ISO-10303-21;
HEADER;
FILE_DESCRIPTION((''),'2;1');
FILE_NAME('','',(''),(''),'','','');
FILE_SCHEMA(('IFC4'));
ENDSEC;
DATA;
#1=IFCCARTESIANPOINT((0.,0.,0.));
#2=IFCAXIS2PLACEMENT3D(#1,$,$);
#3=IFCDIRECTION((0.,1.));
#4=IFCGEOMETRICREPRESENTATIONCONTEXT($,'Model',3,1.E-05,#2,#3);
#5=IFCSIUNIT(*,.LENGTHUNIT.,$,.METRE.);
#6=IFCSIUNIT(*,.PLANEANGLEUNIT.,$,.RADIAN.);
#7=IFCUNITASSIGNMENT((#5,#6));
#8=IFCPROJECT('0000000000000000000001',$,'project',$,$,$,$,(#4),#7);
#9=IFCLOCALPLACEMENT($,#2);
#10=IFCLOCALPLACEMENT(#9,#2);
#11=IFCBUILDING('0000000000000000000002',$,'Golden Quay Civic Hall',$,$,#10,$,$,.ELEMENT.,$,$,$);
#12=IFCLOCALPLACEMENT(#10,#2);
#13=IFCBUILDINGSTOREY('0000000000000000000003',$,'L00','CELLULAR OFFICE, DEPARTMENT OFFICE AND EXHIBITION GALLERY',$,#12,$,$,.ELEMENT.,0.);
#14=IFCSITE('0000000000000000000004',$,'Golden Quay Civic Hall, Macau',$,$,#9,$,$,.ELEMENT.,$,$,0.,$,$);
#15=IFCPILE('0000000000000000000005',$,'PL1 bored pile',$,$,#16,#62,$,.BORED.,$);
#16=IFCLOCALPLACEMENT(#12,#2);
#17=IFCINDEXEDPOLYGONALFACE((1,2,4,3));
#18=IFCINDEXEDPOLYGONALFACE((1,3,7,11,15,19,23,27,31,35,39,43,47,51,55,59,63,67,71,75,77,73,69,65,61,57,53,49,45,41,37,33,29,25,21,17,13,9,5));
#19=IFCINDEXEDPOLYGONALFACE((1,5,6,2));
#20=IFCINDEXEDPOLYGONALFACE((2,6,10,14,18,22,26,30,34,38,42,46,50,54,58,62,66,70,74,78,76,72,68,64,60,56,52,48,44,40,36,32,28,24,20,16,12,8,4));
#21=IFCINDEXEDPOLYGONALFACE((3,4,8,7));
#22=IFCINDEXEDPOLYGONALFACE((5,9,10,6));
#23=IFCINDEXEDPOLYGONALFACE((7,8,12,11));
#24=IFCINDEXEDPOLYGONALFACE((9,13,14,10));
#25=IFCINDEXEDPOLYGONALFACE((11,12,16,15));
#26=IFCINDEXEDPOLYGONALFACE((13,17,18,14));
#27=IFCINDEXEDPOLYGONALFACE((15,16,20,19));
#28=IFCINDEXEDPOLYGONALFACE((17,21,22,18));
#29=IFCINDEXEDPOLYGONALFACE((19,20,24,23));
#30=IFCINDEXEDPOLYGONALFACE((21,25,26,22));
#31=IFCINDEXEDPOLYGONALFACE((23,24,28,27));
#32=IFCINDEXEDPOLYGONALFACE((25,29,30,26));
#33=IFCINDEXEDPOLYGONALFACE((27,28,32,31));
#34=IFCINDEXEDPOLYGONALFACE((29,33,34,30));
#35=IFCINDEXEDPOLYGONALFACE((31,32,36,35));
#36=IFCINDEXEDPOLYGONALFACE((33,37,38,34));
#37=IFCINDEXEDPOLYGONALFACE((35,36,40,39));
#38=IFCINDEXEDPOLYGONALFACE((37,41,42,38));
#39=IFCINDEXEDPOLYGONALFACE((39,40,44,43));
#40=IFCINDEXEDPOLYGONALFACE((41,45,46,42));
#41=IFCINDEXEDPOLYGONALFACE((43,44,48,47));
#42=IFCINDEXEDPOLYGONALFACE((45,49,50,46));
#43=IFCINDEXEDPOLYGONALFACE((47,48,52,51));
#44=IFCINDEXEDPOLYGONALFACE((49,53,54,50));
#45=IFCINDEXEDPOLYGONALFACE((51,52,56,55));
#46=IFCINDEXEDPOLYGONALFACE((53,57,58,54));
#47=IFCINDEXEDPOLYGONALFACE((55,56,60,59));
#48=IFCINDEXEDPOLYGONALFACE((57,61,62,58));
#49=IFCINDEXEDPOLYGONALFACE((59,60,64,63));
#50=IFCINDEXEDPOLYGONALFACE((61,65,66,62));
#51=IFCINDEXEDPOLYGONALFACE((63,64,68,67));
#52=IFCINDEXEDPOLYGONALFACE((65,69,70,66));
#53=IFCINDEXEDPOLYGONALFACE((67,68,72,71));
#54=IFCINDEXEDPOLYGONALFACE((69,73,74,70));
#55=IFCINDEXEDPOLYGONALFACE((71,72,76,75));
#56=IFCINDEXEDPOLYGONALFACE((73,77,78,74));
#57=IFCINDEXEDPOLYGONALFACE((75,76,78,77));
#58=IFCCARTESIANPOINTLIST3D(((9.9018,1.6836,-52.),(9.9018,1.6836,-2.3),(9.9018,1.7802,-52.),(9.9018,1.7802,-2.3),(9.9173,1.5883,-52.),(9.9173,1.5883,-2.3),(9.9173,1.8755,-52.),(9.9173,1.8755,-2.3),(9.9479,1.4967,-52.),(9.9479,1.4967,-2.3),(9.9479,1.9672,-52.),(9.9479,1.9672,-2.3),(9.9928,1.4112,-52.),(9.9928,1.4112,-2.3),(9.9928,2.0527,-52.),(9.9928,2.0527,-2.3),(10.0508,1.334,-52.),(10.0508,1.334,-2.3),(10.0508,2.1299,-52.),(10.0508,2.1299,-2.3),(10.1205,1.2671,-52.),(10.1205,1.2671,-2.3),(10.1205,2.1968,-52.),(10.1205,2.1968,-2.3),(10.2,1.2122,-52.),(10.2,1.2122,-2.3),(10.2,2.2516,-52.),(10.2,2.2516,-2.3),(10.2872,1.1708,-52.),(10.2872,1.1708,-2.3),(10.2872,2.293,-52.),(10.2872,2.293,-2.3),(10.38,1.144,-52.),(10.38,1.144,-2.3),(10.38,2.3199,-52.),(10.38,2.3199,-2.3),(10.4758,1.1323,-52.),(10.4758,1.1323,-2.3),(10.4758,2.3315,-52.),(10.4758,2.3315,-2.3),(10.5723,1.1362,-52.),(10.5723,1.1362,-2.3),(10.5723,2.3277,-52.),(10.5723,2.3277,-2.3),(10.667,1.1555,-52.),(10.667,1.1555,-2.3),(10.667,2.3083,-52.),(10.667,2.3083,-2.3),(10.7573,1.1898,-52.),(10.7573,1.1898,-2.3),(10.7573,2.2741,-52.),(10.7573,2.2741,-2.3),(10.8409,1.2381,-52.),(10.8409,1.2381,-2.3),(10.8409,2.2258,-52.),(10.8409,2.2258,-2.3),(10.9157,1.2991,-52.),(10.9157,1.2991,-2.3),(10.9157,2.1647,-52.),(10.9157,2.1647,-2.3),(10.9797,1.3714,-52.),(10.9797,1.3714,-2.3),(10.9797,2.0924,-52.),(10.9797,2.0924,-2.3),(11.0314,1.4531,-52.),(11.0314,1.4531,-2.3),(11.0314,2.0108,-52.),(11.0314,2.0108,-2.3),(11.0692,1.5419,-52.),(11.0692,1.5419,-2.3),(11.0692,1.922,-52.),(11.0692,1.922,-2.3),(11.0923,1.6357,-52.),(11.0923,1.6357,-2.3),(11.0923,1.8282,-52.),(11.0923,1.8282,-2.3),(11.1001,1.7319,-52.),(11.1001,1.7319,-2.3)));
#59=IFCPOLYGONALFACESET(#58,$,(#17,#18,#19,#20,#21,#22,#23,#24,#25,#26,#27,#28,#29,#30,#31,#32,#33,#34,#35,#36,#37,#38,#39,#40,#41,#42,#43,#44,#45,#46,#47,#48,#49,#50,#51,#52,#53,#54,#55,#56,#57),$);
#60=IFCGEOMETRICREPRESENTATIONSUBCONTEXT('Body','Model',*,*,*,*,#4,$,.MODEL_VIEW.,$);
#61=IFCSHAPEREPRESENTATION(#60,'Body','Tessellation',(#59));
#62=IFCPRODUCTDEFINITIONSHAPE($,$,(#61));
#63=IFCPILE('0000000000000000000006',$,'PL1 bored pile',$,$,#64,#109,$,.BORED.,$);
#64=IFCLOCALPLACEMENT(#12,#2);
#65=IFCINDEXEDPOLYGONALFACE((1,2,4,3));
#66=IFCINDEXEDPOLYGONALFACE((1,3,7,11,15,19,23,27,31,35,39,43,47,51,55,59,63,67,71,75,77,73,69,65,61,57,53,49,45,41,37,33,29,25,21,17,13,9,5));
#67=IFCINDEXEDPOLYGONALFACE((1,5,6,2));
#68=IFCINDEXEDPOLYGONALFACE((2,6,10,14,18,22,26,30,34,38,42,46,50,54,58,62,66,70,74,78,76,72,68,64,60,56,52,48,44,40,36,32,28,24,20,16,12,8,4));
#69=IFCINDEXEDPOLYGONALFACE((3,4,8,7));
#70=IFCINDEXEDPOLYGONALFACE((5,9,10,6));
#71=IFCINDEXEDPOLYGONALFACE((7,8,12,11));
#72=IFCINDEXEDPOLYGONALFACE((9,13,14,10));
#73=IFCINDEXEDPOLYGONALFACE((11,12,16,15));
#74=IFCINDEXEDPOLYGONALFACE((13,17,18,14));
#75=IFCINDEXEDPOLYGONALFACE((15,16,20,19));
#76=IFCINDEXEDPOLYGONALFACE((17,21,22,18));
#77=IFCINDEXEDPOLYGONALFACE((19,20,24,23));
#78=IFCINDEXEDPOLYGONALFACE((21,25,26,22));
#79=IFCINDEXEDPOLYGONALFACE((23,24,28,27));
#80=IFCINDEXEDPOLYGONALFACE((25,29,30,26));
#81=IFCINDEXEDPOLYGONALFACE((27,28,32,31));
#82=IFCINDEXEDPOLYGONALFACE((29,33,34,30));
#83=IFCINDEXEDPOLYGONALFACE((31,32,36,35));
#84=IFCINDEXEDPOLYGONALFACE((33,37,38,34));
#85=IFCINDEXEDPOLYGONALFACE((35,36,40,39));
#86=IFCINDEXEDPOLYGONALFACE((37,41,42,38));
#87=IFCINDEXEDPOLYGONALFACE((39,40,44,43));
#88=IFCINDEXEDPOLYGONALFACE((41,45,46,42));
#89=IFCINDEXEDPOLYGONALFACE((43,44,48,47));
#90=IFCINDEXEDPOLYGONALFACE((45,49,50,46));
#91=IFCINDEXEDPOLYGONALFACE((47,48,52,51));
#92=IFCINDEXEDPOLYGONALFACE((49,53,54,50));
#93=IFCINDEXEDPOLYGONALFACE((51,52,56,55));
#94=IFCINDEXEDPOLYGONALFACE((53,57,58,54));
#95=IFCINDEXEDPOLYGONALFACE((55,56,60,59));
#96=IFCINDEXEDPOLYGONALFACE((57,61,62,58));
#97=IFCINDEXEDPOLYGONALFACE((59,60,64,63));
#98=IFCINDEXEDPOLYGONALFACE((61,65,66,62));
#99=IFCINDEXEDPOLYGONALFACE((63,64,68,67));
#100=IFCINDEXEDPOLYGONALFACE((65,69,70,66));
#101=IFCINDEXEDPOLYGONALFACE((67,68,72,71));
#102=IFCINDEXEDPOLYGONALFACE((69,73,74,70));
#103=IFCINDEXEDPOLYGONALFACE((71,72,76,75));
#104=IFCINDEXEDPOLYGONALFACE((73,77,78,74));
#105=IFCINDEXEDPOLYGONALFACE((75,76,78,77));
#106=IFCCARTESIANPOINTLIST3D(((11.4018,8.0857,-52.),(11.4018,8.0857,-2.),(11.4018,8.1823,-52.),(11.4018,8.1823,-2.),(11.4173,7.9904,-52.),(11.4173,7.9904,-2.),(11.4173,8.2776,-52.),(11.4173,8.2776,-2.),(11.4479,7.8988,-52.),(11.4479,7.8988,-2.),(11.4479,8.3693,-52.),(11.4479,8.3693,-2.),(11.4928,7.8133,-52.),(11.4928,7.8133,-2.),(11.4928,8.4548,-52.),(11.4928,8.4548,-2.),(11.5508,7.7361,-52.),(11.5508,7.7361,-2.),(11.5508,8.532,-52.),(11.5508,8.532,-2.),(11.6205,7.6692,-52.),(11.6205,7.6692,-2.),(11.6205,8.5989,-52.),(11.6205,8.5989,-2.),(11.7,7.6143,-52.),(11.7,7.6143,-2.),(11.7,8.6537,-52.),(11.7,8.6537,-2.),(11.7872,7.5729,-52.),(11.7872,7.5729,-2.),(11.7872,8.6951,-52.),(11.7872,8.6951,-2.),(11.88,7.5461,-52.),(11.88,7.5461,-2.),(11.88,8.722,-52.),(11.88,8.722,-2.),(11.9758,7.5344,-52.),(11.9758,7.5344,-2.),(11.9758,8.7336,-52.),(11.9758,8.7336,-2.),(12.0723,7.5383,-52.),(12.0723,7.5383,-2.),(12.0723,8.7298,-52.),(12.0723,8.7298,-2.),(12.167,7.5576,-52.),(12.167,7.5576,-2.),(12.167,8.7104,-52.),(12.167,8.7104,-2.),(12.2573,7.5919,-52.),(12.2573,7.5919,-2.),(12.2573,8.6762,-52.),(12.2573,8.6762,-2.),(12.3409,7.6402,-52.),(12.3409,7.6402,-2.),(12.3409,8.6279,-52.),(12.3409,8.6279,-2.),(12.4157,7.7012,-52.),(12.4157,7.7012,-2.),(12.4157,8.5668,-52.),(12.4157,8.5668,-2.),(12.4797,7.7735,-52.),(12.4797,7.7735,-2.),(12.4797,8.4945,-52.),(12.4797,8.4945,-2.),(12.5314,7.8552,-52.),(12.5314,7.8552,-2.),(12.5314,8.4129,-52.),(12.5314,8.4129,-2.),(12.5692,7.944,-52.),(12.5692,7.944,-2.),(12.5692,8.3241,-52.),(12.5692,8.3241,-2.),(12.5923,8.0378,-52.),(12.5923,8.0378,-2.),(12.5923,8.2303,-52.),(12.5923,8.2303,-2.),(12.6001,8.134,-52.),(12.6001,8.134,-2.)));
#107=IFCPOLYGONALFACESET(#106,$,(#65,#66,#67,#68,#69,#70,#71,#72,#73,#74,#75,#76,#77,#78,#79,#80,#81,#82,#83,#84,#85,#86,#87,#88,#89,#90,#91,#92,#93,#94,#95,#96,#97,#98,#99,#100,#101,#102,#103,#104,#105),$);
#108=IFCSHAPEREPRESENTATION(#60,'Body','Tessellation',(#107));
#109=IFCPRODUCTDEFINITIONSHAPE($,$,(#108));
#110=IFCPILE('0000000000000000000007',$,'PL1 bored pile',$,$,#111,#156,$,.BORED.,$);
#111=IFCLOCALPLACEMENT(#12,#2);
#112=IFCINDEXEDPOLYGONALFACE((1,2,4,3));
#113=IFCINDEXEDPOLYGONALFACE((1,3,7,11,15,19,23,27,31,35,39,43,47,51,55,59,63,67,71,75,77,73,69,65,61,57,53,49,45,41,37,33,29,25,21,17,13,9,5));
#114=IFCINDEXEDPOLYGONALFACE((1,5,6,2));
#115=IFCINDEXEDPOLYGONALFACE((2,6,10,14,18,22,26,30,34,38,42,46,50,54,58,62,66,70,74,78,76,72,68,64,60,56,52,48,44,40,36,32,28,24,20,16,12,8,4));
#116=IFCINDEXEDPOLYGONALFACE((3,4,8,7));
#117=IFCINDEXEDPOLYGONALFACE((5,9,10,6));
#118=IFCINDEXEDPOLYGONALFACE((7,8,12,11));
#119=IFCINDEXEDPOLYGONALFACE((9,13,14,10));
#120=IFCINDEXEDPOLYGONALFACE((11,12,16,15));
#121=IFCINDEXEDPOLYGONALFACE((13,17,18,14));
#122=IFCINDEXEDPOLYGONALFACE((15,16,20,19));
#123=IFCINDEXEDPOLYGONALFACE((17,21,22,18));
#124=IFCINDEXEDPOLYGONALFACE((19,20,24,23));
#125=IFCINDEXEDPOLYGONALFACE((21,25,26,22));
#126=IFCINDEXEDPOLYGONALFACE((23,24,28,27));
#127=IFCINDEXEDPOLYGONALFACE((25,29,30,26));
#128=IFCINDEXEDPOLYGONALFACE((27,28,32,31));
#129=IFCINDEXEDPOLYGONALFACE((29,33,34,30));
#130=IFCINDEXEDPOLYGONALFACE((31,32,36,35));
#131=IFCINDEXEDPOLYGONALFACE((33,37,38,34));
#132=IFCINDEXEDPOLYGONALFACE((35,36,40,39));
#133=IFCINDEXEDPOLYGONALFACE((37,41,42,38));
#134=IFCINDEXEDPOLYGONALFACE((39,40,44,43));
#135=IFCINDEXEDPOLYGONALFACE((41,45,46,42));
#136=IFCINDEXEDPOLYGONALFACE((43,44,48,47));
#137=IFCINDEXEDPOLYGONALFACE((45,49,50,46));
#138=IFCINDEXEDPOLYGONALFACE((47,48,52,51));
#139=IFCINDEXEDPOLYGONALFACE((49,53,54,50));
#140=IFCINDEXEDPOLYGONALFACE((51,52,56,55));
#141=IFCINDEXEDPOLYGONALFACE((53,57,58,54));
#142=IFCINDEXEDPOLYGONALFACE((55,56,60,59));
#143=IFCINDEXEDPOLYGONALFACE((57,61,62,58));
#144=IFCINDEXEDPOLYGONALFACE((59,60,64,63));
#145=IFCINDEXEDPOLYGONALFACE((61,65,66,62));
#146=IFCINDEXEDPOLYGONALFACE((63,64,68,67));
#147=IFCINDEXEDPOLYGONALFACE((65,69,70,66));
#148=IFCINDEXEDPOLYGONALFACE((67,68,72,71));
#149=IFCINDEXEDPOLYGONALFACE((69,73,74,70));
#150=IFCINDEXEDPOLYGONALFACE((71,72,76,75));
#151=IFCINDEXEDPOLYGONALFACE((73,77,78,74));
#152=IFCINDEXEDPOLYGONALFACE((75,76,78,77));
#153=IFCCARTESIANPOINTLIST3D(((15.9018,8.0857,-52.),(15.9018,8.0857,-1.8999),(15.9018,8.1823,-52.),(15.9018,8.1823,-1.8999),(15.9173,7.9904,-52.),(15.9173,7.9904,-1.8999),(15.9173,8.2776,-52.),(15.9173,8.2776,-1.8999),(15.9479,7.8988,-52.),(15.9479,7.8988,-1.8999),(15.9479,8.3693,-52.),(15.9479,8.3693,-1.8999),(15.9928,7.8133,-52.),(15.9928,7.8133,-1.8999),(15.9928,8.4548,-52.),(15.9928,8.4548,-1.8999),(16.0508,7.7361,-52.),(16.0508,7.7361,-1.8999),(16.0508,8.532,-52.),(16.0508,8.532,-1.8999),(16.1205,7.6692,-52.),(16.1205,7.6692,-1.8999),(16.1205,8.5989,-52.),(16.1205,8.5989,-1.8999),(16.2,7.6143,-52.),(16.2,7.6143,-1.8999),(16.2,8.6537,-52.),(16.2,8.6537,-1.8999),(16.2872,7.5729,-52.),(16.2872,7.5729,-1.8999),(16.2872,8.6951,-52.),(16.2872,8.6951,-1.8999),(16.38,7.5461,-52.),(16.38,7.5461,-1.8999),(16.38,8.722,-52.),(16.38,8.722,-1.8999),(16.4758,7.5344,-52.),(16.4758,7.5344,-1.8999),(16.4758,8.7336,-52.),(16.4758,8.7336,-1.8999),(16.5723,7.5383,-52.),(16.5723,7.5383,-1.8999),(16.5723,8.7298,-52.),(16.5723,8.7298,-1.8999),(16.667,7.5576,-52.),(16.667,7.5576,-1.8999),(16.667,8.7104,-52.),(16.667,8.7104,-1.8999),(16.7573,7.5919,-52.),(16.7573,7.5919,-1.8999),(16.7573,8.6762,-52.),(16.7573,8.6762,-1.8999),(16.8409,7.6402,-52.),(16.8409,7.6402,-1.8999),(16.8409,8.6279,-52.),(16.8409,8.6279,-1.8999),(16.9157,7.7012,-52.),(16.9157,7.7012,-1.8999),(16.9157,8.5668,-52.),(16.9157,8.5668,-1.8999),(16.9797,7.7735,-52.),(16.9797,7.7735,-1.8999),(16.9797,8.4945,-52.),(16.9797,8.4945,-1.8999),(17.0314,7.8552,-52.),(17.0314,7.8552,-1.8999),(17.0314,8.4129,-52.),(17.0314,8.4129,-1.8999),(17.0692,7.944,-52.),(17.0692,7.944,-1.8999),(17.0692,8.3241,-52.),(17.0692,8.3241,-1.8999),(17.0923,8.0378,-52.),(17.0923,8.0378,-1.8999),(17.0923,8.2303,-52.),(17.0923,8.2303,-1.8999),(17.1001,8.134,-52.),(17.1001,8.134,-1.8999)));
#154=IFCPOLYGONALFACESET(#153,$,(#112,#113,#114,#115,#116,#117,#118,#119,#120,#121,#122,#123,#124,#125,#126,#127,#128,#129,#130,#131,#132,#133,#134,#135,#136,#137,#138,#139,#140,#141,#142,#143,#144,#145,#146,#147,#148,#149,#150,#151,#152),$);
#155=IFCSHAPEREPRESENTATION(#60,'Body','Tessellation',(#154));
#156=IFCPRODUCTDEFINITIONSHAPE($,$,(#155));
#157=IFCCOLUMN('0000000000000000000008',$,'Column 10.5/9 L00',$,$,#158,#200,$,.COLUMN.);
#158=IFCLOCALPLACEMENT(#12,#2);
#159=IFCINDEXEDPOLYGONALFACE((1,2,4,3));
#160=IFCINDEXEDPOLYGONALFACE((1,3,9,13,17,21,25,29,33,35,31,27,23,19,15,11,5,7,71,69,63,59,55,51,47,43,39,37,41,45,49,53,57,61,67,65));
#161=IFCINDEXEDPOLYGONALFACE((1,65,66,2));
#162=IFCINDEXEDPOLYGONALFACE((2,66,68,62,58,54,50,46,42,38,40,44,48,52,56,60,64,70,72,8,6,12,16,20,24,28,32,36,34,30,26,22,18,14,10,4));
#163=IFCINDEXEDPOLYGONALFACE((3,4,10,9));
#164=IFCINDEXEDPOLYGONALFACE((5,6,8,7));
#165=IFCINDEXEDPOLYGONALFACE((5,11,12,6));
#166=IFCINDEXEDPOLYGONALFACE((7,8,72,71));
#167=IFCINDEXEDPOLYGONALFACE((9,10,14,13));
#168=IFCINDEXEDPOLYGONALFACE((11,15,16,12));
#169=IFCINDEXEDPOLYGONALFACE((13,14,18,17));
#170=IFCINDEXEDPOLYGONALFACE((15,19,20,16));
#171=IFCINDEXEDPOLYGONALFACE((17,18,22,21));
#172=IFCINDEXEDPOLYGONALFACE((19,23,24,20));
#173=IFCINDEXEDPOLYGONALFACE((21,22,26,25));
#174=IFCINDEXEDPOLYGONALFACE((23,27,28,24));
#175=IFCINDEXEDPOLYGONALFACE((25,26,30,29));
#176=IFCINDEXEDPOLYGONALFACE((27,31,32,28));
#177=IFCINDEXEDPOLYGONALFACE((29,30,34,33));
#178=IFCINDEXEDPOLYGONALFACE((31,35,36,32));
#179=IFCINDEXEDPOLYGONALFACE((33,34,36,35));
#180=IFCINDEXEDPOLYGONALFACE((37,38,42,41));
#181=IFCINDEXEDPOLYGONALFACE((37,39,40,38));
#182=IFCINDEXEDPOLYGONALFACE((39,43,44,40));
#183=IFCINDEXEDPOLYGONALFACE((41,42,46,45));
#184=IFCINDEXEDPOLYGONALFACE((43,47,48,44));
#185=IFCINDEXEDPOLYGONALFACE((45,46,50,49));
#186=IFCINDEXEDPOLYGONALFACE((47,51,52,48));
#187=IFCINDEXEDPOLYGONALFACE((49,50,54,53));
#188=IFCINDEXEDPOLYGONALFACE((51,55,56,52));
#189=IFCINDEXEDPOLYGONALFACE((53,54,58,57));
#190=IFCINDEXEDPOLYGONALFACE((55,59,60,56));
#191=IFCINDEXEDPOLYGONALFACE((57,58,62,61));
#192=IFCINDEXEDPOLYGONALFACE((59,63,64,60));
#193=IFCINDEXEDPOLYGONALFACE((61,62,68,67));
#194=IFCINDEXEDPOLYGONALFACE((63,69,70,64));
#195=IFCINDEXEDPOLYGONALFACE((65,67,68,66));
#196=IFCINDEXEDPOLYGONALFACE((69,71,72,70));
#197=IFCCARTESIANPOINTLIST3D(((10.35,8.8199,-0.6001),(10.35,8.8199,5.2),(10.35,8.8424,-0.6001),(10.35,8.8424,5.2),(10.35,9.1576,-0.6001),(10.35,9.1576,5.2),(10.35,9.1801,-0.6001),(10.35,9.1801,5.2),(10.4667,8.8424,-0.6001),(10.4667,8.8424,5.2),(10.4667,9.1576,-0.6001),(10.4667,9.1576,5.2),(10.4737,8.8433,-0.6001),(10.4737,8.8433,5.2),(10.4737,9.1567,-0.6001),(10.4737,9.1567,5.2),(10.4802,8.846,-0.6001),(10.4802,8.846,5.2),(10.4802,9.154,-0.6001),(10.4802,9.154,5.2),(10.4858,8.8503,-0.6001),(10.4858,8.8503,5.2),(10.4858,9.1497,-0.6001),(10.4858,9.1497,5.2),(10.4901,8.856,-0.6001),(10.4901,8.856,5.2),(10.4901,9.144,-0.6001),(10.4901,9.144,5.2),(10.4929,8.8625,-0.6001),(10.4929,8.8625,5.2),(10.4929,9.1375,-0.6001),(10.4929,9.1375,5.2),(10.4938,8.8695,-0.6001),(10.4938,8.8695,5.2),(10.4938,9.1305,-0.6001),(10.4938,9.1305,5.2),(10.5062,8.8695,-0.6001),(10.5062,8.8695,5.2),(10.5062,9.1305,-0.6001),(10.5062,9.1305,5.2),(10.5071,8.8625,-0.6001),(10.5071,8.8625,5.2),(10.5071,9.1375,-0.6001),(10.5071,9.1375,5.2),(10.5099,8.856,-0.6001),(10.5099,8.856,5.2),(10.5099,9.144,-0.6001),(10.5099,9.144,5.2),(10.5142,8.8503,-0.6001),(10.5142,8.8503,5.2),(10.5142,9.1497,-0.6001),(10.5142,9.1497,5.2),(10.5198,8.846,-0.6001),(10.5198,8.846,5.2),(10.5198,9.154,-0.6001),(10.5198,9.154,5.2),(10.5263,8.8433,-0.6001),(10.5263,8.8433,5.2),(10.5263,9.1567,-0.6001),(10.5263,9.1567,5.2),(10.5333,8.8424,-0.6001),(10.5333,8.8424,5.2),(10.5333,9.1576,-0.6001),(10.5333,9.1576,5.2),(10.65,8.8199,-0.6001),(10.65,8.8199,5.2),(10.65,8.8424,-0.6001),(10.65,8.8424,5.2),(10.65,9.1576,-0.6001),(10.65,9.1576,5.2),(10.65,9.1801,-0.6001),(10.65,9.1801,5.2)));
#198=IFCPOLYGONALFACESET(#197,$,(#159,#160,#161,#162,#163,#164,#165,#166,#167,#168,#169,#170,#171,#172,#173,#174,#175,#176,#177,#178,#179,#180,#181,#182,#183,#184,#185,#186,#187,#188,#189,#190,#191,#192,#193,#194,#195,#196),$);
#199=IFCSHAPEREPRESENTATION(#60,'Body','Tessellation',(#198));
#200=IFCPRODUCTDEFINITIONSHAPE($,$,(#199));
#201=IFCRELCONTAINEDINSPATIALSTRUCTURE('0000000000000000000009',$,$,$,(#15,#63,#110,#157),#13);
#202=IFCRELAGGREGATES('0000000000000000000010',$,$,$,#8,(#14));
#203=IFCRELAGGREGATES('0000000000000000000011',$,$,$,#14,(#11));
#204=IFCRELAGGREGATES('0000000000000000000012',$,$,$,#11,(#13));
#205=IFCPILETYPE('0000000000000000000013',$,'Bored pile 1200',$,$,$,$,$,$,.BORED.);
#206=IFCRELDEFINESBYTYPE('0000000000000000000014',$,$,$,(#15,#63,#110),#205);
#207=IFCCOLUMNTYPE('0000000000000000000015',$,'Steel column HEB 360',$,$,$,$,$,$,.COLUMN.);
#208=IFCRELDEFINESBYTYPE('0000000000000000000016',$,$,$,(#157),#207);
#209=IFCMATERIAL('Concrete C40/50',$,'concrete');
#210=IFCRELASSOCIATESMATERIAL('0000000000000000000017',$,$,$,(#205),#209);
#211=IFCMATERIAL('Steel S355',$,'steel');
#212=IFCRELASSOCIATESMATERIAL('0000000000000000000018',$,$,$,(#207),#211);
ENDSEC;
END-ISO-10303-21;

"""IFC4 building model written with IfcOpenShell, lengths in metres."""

from ifc_helpers import new_model, si_unit, direction, frame, origin, origin_2d, place, context, subcontext, project, spatial, circle, i_section, extrude, material, material_profile, profile_set, type_object, element, save


model = new_model("IFC4")

# Units and contexts
model_context = context("Model", 3, precision=1e-05, world=origin(), true_north=direction((0.0, 1.0)))
body_context = subcontext(model_context, "Body", "Model", "MODEL_VIEW")
ifc_project = project(units=[si_unit("LENGTHUNIT", "METRE"), si_unit("PLANEANGLEUNIT", "RADIAN")], contexts=[model_context])

# Site, building, storey
site_placement = place(None, origin())
site = spatial("IfcSite", under=ifc_project, at=site_placement, Name="Golden Quay Civic Hall, Macau", CompositionType="ELEMENT", RefElevation=0.0)
building_placement = place(site_placement, origin())
building = spatial("IfcBuilding", under=site, at=building_placement, Name="Golden Quay Civic Hall", CompositionType="ELEMENT")
storey_placement = place(building_placement, origin())
storey = spatial("IfcBuildingStorey", under=building, at=storey_placement, Name="L00", Description="CELLULAR OFFICE, DEPARTMENT OFFICE AND EXHIBITION GALLERY", CompositionType="ELEMENT", Elevation=0.0)

# Piles
ifc_material_1 = material(Name="Concrete C40/50", Category="concrete")
ifc_material_profile_1 = material_profile(ifc_material_1, circle(Radius=0.6001, at=origin_2d()), Name="RC D1200")
ifc_profile_set_1 = profile_set([ifc_material_profile_1], Name="Concrete C40/50")
pile_type = type_object("IfcPileType", Name="Bored pile 1200", PredefinedType="BORED", material=ifc_profile_set_1)
pile_1_placement = place(storey_placement, frame((10.5, 1.7319, -2.3), z_axis=(0.0, 0.0, -1.0), x_axis=(1.0, 0.0, 0.0)))
element("IfcPile", 1, at=pile_1_placement, inside=storey, type_object=pile_type, Name="PL1 bored pile", PredefinedType="BORED", context=body_context, shape_type="SweptSolid", body=[
    extrude(circle(Radius=0.6001, at=origin_2d()), origin(), (0.0, 0.0, 1.0), 49.7),
])
pile_2_placement = place(storey_placement, frame((12.0, 8.134, -2.0), z_axis=(0.0, 0.0, -1.0), x_axis=(1.0, 0.0, 0.0)))
element("IfcPile", 2, at=pile_2_placement, inside=storey, type_object=pile_type, Name="PL1 bored pile", PredefinedType="BORED", context=body_context, shape_type="SweptSolid", body=[
    extrude(circle(Radius=0.6001, at=origin_2d()), origin(), (0.0, 0.0, 1.0), 50.0),
])
pile_3_placement = place(storey_placement, frame((16.5, 8.134, -1.8999), z_axis=(0.0, 0.0, -1.0), x_axis=(1.0, 0.0, 0.0)))
element("IfcPile", 3, at=pile_3_placement, inside=storey, type_object=pile_type, Name="PL1 bored pile", PredefinedType="BORED", context=body_context, shape_type="SweptSolid", body=[
    extrude(circle(Radius=0.6001, at=origin_2d()), origin(), (0.0, 0.0, 1.0), 50.1001),
])

# Column
ifc_material_2 = material(Name="Steel S355", Category="steel")
ifc_material_profile_2 = material_profile(ifc_material_2, i_section(OverallWidth=0.3, OverallDepth=0.3601, WebThickness=0.0125, FlangeThickness=0.0225, FilletRadius=0.0271, at=origin_2d()), Name="HEB 360")
ifc_profile_set_2 = profile_set([ifc_material_profile_2], Name="Steel S355")
column_type = type_object("IfcColumnType", Name="Steel column HEB 360", PredefinedType="COLUMN", material=ifc_profile_set_2)
column_placement = place(storey_placement, frame((10.5, 9.0, -0.6001), z_axis=(0.0, 0.0, 1.0), x_axis=(1.0, 0.0, 0.0)))
element("IfcColumn", 4, at=column_placement, inside=storey, type_object=column_type, Name="Column 10.5/9 L00", PredefinedType="COLUMN", context=body_context, shape_type="SweptSolid", body=[
    extrude(i_section(OverallWidth=0.3, OverallDepth=0.3601, WebThickness=0.0125, FlangeThickness=0.0225, FilletRadius=0.0271, at=origin_2d()), origin(), (0.0, 0.0, 1.0), 5.8),
])

save(model, "model.ifc")
